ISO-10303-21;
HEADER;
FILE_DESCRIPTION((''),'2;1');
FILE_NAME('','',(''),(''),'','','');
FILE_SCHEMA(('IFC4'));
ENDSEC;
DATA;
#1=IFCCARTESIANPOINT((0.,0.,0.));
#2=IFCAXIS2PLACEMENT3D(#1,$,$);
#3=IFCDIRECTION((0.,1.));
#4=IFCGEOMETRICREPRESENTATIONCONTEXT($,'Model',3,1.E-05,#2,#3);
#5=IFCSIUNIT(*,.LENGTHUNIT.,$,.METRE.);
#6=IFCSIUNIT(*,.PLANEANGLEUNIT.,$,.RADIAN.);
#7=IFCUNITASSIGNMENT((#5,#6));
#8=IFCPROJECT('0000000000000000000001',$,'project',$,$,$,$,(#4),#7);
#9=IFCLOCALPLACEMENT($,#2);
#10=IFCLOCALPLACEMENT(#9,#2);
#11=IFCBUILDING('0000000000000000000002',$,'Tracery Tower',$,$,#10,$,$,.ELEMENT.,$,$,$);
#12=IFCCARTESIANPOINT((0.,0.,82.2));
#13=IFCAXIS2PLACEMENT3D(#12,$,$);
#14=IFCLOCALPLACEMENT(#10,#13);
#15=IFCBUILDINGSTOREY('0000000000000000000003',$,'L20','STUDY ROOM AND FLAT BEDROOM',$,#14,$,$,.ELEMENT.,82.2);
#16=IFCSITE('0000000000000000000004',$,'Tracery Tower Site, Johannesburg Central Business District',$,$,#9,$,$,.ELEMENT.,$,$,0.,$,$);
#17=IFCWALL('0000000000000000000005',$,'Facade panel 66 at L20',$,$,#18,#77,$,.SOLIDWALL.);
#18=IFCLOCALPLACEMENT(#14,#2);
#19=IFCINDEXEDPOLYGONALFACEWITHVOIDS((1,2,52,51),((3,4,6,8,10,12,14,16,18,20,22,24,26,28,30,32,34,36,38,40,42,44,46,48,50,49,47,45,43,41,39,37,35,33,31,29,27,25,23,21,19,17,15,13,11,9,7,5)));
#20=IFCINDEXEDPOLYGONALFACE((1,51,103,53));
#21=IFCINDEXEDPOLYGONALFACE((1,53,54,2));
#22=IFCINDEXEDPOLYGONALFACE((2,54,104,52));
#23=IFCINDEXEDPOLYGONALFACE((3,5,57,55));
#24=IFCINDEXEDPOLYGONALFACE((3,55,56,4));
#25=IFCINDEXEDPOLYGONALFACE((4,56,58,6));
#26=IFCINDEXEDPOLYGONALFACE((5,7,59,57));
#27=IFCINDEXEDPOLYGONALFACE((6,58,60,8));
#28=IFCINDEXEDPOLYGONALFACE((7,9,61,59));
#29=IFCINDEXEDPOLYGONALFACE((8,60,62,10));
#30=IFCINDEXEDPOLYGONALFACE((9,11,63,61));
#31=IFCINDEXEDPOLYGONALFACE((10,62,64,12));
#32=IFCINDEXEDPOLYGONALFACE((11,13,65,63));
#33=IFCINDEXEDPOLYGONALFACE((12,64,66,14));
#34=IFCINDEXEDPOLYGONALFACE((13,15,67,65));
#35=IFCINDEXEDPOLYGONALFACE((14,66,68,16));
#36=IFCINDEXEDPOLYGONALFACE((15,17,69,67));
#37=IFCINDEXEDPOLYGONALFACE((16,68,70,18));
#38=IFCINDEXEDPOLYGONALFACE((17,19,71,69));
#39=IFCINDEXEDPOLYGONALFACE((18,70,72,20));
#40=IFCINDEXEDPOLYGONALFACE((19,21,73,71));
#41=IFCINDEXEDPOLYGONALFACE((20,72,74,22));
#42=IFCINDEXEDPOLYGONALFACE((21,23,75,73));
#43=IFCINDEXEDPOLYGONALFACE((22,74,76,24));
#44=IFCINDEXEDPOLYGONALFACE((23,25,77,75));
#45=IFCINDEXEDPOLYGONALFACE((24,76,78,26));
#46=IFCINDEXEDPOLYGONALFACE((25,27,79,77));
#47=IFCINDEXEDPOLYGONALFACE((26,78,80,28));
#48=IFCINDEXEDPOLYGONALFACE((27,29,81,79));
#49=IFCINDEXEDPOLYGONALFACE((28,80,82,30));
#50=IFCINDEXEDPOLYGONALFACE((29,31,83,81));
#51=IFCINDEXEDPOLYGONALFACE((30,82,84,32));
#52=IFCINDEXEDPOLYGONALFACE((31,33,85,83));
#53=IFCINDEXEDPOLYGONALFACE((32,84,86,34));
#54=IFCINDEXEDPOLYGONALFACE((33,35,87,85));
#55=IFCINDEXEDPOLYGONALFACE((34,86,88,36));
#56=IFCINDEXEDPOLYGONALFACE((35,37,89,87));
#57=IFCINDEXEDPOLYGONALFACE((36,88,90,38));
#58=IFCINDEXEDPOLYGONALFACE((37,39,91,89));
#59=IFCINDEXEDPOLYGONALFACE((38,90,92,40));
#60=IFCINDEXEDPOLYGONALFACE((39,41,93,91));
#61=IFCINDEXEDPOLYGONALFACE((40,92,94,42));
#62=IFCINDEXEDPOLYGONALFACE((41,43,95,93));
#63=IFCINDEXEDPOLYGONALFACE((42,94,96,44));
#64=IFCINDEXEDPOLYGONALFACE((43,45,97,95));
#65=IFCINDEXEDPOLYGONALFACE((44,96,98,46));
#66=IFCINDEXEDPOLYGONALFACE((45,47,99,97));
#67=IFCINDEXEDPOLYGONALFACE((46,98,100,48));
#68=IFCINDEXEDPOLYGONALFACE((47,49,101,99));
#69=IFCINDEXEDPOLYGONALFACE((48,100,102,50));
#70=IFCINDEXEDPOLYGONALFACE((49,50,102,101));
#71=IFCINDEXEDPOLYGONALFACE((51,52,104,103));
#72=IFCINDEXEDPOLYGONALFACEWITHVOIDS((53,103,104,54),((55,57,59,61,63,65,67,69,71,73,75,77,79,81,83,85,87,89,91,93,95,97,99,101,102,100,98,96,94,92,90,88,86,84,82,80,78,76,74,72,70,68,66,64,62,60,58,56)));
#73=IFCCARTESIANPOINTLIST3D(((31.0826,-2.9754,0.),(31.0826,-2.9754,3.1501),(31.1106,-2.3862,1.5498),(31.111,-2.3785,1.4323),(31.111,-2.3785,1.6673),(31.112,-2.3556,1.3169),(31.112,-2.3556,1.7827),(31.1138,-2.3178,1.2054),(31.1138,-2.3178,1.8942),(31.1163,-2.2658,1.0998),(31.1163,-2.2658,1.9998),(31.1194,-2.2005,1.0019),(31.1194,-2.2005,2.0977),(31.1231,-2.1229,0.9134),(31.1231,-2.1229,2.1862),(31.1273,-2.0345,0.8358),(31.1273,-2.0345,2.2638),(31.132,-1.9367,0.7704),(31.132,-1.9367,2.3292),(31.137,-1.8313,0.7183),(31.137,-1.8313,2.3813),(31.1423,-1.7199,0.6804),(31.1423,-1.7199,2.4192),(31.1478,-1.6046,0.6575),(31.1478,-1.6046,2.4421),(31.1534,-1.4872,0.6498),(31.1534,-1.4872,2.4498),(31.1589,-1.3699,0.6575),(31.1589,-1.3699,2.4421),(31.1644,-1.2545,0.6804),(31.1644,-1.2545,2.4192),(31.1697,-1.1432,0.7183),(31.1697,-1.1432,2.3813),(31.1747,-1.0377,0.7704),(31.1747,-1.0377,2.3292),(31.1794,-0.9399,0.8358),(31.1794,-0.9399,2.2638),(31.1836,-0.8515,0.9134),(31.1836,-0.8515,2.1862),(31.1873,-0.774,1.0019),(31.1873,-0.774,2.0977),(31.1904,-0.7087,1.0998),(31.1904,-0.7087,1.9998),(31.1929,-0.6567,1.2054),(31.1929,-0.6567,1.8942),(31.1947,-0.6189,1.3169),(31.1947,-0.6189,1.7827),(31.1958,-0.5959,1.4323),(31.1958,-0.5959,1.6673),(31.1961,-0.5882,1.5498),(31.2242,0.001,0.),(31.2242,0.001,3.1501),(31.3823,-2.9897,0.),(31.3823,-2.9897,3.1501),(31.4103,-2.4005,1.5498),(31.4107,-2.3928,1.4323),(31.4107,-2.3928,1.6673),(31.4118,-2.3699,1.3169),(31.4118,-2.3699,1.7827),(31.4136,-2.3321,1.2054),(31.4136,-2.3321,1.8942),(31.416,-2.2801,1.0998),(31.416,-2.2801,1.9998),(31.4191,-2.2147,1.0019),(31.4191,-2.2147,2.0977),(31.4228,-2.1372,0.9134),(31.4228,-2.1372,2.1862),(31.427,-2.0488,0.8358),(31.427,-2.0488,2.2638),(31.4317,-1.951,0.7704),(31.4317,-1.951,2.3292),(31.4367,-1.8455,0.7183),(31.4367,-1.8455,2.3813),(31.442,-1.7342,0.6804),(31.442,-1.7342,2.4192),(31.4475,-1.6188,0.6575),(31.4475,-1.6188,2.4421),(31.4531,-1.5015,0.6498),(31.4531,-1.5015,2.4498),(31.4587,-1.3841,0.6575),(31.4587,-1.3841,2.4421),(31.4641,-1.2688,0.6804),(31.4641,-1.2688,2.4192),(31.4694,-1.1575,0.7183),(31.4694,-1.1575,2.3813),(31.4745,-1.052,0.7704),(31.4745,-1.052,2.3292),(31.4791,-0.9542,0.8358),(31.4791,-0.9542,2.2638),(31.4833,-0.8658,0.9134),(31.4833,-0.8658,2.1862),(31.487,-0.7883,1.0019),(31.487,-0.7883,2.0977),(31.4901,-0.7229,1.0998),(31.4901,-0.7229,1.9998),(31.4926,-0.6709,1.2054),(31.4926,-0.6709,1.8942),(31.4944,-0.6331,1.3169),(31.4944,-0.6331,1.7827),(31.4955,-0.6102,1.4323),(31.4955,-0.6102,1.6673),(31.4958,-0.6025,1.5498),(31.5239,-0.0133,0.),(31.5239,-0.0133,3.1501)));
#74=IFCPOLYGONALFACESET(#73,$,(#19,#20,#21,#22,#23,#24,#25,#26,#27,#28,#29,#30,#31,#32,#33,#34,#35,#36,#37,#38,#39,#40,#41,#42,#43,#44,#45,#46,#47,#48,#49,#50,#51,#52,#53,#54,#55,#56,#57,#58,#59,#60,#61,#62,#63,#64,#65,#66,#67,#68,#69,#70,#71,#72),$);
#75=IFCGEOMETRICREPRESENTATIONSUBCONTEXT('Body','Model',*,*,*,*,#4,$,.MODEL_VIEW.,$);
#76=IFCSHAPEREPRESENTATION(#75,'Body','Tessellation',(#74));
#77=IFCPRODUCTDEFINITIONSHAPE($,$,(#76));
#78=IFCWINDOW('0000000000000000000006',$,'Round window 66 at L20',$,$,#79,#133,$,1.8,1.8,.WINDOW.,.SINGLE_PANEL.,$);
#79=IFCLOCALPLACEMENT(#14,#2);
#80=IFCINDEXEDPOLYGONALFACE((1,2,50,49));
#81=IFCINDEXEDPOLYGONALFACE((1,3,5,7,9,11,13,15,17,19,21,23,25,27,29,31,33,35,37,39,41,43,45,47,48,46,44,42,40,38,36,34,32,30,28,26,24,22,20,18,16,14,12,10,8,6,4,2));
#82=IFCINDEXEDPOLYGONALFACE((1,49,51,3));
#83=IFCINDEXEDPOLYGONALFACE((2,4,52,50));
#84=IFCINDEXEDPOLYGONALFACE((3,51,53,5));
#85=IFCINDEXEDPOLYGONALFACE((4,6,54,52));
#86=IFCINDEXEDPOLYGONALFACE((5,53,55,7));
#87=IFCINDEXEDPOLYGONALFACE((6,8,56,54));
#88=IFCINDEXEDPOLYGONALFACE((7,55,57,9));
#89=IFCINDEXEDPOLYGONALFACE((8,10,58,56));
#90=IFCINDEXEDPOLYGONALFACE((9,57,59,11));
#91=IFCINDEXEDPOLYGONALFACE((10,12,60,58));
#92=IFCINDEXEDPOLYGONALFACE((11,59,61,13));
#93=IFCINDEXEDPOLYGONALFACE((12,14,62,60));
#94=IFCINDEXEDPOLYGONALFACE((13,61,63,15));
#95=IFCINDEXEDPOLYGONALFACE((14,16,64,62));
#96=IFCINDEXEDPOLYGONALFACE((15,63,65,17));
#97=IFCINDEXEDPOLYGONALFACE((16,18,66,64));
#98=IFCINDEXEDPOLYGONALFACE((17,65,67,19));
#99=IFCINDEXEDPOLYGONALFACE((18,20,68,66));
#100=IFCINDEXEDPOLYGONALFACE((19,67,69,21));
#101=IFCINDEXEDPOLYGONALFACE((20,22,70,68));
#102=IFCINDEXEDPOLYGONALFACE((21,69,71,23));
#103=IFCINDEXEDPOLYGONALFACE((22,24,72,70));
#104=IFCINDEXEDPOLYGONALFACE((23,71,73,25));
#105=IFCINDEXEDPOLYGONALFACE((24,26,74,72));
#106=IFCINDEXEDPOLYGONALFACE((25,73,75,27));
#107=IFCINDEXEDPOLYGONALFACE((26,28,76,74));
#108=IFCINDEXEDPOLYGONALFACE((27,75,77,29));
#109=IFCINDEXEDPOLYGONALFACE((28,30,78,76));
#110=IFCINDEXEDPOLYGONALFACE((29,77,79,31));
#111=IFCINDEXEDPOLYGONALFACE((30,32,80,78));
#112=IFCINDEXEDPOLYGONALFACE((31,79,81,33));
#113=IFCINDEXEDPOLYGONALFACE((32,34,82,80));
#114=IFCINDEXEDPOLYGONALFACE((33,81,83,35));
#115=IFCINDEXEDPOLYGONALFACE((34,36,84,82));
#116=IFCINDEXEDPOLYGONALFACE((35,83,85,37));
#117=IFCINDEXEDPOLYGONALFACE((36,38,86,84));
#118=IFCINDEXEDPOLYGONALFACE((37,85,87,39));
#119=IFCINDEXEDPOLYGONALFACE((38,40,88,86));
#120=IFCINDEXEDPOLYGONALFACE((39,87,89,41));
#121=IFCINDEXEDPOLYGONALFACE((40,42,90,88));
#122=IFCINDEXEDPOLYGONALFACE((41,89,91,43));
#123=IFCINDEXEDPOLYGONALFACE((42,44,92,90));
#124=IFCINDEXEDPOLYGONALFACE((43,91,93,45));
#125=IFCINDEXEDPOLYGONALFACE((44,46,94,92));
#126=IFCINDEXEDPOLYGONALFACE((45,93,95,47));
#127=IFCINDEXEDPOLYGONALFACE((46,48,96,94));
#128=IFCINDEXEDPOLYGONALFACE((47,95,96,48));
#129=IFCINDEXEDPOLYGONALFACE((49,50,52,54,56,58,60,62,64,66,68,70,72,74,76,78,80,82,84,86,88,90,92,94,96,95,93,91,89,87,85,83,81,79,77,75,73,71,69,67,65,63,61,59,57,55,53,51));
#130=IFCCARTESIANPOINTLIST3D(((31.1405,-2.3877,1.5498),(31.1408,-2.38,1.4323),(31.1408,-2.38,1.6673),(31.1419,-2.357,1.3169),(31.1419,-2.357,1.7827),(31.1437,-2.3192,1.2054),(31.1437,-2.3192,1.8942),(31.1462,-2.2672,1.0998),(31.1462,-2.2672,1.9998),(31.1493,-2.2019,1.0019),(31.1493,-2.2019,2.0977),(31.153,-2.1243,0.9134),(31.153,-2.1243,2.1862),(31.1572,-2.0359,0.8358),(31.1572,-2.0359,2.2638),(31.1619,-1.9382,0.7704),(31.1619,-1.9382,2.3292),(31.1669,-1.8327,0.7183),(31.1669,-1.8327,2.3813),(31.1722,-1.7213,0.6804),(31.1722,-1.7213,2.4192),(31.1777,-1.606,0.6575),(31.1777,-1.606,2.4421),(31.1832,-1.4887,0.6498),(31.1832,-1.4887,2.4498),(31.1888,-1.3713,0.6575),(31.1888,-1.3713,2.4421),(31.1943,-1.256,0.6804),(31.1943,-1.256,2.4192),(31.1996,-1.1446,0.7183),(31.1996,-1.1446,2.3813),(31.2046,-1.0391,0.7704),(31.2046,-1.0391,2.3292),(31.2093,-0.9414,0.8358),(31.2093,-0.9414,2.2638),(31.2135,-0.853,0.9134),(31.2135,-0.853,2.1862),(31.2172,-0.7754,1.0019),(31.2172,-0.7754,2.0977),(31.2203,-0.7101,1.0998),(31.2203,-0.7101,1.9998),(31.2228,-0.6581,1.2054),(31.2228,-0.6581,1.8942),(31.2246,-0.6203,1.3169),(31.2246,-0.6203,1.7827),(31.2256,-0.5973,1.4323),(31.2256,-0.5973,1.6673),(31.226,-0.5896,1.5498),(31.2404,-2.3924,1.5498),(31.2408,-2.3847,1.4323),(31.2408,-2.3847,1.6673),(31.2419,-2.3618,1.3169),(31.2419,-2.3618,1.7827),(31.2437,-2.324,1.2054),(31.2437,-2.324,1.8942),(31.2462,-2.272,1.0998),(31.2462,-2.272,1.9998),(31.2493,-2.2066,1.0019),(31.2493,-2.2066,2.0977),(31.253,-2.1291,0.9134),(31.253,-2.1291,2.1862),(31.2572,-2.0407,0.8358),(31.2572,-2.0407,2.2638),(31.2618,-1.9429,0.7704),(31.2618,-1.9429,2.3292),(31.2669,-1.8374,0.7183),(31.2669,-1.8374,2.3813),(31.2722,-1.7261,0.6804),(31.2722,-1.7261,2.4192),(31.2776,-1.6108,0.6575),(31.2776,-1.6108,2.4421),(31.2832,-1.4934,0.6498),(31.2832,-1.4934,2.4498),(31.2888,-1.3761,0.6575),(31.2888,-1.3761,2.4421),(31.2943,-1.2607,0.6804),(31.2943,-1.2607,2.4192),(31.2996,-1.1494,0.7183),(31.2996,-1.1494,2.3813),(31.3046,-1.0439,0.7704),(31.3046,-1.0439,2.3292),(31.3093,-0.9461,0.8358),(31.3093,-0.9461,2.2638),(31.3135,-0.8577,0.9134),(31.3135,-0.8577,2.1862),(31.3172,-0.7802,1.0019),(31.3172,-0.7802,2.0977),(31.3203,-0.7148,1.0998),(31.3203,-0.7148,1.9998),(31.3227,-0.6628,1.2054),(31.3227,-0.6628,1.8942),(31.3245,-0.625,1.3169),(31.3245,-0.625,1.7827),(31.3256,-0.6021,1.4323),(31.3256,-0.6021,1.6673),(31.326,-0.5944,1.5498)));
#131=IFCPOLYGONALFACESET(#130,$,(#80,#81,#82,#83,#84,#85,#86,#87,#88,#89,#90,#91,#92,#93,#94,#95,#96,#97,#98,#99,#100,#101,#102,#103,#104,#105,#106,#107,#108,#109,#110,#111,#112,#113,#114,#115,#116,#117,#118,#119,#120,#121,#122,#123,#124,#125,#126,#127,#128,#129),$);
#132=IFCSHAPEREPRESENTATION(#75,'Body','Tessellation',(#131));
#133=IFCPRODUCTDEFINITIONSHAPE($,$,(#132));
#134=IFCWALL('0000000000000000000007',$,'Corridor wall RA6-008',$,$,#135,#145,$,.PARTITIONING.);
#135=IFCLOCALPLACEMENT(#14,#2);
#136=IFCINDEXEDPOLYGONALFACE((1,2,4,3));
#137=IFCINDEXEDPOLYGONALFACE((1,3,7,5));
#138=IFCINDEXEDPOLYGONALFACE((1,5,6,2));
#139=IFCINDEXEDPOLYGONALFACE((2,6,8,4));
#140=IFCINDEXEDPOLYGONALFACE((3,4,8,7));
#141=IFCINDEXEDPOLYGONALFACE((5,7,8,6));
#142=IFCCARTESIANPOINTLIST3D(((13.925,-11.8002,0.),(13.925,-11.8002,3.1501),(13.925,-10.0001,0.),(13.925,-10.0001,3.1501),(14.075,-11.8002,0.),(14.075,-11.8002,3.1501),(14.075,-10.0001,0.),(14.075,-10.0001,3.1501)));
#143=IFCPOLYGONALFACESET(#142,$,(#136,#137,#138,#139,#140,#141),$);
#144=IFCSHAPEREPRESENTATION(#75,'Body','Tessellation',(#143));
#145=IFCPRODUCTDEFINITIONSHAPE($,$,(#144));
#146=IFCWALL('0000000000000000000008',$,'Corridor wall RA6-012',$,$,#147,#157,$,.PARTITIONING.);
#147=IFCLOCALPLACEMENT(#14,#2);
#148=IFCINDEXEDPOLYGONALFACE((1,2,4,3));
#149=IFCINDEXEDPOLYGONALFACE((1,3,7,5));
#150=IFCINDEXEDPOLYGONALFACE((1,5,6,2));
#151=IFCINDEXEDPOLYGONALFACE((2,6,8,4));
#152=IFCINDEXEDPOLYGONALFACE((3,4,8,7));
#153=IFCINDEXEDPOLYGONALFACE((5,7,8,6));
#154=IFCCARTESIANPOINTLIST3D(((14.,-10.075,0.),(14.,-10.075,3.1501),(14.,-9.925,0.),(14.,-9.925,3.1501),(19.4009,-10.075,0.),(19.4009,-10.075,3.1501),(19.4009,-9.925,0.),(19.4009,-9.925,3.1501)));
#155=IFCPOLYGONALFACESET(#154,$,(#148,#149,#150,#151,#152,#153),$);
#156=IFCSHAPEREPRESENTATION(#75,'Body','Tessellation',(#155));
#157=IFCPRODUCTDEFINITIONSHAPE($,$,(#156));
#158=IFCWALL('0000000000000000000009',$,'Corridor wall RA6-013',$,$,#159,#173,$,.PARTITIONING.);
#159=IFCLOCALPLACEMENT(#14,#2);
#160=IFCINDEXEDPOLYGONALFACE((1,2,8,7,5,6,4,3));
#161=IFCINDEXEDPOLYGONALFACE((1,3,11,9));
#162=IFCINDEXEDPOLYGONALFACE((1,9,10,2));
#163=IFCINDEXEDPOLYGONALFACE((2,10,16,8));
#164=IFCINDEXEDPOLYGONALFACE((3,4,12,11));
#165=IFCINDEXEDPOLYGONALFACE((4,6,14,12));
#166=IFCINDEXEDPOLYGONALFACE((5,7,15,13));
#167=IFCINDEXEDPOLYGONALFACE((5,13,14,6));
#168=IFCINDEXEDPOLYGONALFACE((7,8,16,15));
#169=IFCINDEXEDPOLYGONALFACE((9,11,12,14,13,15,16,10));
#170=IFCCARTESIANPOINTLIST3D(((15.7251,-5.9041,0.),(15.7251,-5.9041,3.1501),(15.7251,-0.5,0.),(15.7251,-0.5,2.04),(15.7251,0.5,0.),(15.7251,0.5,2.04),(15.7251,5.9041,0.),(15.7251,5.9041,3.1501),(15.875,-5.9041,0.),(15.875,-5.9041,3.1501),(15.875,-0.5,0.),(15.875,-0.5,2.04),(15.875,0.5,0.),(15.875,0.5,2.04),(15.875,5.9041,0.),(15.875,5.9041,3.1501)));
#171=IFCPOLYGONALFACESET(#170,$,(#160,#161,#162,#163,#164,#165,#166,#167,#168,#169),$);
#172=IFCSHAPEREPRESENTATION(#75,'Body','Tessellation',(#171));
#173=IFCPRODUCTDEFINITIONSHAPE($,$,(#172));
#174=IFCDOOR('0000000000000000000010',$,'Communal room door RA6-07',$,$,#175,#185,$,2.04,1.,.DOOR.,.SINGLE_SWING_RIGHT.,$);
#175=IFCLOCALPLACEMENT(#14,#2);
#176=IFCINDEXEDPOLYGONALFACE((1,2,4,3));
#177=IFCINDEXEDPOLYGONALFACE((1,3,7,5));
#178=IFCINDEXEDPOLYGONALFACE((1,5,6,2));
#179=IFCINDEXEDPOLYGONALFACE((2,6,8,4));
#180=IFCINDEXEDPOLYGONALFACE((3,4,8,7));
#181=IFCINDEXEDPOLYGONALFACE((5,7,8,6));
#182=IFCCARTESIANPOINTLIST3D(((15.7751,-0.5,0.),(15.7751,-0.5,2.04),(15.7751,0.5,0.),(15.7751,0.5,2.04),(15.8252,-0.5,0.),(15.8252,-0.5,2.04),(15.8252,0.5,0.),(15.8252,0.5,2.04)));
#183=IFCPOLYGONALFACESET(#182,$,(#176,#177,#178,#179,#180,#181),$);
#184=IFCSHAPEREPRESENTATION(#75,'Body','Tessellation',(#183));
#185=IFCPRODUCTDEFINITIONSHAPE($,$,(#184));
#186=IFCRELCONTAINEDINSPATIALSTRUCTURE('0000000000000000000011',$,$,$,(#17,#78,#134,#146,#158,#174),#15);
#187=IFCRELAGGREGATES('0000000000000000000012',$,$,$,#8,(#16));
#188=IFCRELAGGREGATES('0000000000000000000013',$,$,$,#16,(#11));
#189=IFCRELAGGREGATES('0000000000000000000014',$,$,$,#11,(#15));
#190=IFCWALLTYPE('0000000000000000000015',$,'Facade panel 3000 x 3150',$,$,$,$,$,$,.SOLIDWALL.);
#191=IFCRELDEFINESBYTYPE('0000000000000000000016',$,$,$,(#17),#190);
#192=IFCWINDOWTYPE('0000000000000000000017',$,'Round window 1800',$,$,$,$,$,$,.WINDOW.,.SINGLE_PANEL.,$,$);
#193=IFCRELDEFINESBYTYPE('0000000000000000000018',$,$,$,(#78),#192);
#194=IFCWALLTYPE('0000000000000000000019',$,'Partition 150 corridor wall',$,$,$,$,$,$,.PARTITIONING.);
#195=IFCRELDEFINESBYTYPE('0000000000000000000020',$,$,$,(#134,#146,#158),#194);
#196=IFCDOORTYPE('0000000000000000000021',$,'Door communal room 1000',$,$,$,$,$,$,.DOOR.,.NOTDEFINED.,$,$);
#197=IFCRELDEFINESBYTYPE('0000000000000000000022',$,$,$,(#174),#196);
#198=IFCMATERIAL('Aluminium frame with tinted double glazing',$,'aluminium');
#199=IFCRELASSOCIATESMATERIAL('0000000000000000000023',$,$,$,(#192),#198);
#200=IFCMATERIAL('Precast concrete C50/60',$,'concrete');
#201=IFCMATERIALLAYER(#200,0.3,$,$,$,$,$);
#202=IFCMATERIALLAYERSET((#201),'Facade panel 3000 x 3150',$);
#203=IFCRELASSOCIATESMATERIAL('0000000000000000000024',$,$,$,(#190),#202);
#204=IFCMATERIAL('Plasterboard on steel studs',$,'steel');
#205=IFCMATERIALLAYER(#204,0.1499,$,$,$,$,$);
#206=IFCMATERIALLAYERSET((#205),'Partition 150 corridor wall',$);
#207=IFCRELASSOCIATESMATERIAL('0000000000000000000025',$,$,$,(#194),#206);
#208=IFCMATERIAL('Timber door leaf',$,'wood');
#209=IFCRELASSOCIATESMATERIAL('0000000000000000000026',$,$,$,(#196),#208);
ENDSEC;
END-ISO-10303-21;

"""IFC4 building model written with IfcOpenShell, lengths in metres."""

from ifc_helpers import new_model, si_unit, direction, frame, frame_2d, origin, origin_2d, place, context, subcontext, project, spatial, rectangle, circle, extrude, material, layer, layer_set, type_object, element, fill, save


model = new_model("IFC4")

# Units and contexts
model_context = context("Model", 3, precision=1e-05, world=origin(), true_north=direction((0.0, 1.0)))
body_context = subcontext(model_context, "Body", "Model", "MODEL_VIEW")
ifc_project = project(units=[si_unit("LENGTHUNIT", "METRE"), si_unit("PLANEANGLEUNIT", "RADIAN")], contexts=[model_context])

# Site, building, storey
site_placement = place(None, origin())
site = spatial("IfcSite", under=ifc_project, at=site_placement, Name="Tracery Tower Site, Johannesburg Central Business District", CompositionType="ELEMENT", RefElevation=0.0)
building_placement = place(site_placement, origin())
building = spatial("IfcBuilding", under=site, at=building_placement, Name="Tracery Tower", CompositionType="ELEMENT")
storey_placement = place(building_placement, frame((0.0, 0.0, 82.2)))
storey = spatial("IfcBuildingStorey", under=building, at=storey_placement, Name="L20", Description="STUDY ROOM AND FLAT BEDROOM", CompositionType="ELEMENT", Elevation=82.2)

# Wall, opening, window
ifc_material_1 = material(Name="Aluminium frame with tinted double glazing", Category="aluminium")
window_type = type_object("IfcWindowType", Name="Round window 1800", PartitioningType="SINGLE_PANEL", PredefinedType="WINDOW", material=ifc_material_1)
ifc_material_2 = material(Name="Precast concrete C50/60", Category="concrete")
ifc_layer_1 = layer(ifc_material_2, 0.3)
ifc_layer_set_1 = layer_set([ifc_layer_1], Name="Facade panel 3000 x 3150")
wall_type_1 = type_object("IfcWallType", Name="Facade panel 3000 x 3150", PredefinedType="SOLIDWALL", material=ifc_layer_set_1)
wall_1_placement = place(storey_placement, frame((31.2324, -2.9824, 0.0), z_axis=(0.0, 0.0, 1.0), x_axis=(0.047522, 0.99887, 0.0)))
wall_1 = element("IfcWall", 1, at=wall_1_placement, inside=storey, type_object=wall_type_1, Name="Facade panel 66 at L20", PredefinedType="SOLIDWALL", context=body_context, shape_type="SweptSolid", body=[
    extrude(rectangle(XDim=2.9797, YDim=0.3, at=frame_2d((1.4897, 0.0))), origin(), (0.0, 0.0, 1.0), 3.1501),
])
opening_1_placement = place(wall_1_placement, frame((1.4897, 0.0, 1.5498)))
opening_1 = element("IfcOpeningElement", 2, at=opening_1_placement, cuts=wall_1, PredefinedType="OPENING", context=body_context, shape_type="SweptSolid", body=[
    extrude(circle(Radius=0.9, at=origin_2d()), frame((0.0, 0.1599, 0.0), z_axis=(0.0, -1.0, 0.0), x_axis=(1.0, 0.0, 0.0)), (0.0, 0.0, 1.0), 0.3201),
])
window_1_placement = place(opening_1_placement, origin())
window_1 = element("IfcWindow", 3, at=window_1_placement, inside=storey, type_object=window_type, Name="Round window 66 at L20", OverallHeight=1.8, OverallWidth=1.8, PartitioningType="SINGLE_PANEL", PredefinedType="WINDOW", context=body_context, shape_type="SweptSolid", body=[
    extrude(circle(Radius=0.9, at=origin_2d()), frame((0.0, 0.1201, 0.0), z_axis=(0.0, -1.0, 0.0), x_axis=(1.0, 0.0, 0.0)), (0.0, 0.0, 1.0), 0.1001),
])
fill(opening_1, window_1)

# Walls
ifc_material_3 = material(Name="Plasterboard on steel studs", Category="steel")
ifc_layer_2 = layer(ifc_material_3, 0.1499)
ifc_layer_set_2 = layer_set([ifc_layer_2], Name="Partition 150 corridor wall")
wall_type_2 = type_object("IfcWallType", Name="Partition 150 corridor wall", PredefinedType="PARTITIONING", material=ifc_layer_set_2)
wall_2_placement = place(storey_placement, frame((14.0, -11.8, 0.0), z_axis=(0.0, 0.0, 1.0), x_axis=(0.0, 1.0, 0.0)))
element("IfcWall", 4, at=wall_2_placement, inside=storey, type_object=wall_type_2, Name="Corridor wall RA6-008", PredefinedType="PARTITIONING", context=body_context, shape_type="SweptSolid", body=[
    extrude(rectangle(XDim=1.8, YDim=0.1499, at=frame_2d((0.8999, 0.0))), origin(), (0.0, 0.0, 1.0), 3.1501),
])
wall_3_placement = place(storey_placement, frame((14.0, -10.0, 0.0), z_axis=(0.0, 0.0, 1.0), x_axis=(1.0, 0.0, 0.0)))
element("IfcWall", 5, at=wall_3_placement, inside=storey, type_object=wall_type_2, Name="Corridor wall RA6-012", PredefinedType="PARTITIONING", context=body_context, shape_type="SweptSolid", body=[
    extrude(rectangle(XDim=5.4009, YDim=0.1499, at=frame_2d((2.7004, 0.0))), origin(), (0.0, 0.0, 1.0), 3.1501),
])

# Wall, opening, door
wall_4_placement = place(storey_placement, frame((15.8, -5.9041, 0.0), z_axis=(0.0, 0.0, 1.0), x_axis=(0.0, 1.0, 0.0)))
wall_4 = element("IfcWall", 6, at=wall_4_placement, inside=storey, type_object=wall_type_2, Name="Corridor wall RA6-013", PredefinedType="PARTITIONING", context=body_context, shape_type="SweptSolid", body=[
    extrude(rectangle(XDim=11.8081, YDim=0.1499, at=frame_2d((5.9041, 0.0))), origin(), (0.0, 0.0, 1.0), 3.1501),
])
opening_2_placement = place(wall_4_placement, frame((5.4041, 0.0, 0.0)))
opening_2 = element("IfcOpeningElement", 7, at=opening_2_placement, cuts=wall_4, PredefinedType="OPENING", context=body_context, shape_type="SweptSolid", body=[
    extrude(rectangle(XDim=1.0, YDim=2.04, at=frame_2d((0.5, 1.02))), frame((0.0, 0.075, 0.0), z_axis=(0.0, -1.0, 0.0), x_axis=(1.0, 0.0, 0.0)), (0.0, 0.0, 1.0), 0.1499),
])
ifc_material_4 = material(Name="Timber door leaf", Category="wood")
door_type_1 = type_object("IfcDoorType", Name="Door communal room 1000", OperationType="NOTDEFINED", PredefinedType="DOOR", material=ifc_material_4)
door_1_placement = place(opening_2_placement, origin())
door_1 = element("IfcDoor", 8, at=door_1_placement, inside=storey, type_object=door_type_1, Name="Communal room door RA6-07", OperationType="SINGLE_SWING_RIGHT", OverallHeight=2.04, OverallWidth=1.0, PredefinedType="DOOR", context=body_context, shape_type="SweptSolid", body=[
    extrude(rectangle(XDim=1.0, YDim=2.04, at=frame_2d((0.5, 1.02))), frame((0.0, 0.0249, 0.0), z_axis=(0.0, -1.0, 0.0), x_axis=(1.0, 0.0, 0.0)), (0.0, 0.0, 1.0), 0.05),
])
fill(opening_2, door_1)

save(model, "model.ifc")
